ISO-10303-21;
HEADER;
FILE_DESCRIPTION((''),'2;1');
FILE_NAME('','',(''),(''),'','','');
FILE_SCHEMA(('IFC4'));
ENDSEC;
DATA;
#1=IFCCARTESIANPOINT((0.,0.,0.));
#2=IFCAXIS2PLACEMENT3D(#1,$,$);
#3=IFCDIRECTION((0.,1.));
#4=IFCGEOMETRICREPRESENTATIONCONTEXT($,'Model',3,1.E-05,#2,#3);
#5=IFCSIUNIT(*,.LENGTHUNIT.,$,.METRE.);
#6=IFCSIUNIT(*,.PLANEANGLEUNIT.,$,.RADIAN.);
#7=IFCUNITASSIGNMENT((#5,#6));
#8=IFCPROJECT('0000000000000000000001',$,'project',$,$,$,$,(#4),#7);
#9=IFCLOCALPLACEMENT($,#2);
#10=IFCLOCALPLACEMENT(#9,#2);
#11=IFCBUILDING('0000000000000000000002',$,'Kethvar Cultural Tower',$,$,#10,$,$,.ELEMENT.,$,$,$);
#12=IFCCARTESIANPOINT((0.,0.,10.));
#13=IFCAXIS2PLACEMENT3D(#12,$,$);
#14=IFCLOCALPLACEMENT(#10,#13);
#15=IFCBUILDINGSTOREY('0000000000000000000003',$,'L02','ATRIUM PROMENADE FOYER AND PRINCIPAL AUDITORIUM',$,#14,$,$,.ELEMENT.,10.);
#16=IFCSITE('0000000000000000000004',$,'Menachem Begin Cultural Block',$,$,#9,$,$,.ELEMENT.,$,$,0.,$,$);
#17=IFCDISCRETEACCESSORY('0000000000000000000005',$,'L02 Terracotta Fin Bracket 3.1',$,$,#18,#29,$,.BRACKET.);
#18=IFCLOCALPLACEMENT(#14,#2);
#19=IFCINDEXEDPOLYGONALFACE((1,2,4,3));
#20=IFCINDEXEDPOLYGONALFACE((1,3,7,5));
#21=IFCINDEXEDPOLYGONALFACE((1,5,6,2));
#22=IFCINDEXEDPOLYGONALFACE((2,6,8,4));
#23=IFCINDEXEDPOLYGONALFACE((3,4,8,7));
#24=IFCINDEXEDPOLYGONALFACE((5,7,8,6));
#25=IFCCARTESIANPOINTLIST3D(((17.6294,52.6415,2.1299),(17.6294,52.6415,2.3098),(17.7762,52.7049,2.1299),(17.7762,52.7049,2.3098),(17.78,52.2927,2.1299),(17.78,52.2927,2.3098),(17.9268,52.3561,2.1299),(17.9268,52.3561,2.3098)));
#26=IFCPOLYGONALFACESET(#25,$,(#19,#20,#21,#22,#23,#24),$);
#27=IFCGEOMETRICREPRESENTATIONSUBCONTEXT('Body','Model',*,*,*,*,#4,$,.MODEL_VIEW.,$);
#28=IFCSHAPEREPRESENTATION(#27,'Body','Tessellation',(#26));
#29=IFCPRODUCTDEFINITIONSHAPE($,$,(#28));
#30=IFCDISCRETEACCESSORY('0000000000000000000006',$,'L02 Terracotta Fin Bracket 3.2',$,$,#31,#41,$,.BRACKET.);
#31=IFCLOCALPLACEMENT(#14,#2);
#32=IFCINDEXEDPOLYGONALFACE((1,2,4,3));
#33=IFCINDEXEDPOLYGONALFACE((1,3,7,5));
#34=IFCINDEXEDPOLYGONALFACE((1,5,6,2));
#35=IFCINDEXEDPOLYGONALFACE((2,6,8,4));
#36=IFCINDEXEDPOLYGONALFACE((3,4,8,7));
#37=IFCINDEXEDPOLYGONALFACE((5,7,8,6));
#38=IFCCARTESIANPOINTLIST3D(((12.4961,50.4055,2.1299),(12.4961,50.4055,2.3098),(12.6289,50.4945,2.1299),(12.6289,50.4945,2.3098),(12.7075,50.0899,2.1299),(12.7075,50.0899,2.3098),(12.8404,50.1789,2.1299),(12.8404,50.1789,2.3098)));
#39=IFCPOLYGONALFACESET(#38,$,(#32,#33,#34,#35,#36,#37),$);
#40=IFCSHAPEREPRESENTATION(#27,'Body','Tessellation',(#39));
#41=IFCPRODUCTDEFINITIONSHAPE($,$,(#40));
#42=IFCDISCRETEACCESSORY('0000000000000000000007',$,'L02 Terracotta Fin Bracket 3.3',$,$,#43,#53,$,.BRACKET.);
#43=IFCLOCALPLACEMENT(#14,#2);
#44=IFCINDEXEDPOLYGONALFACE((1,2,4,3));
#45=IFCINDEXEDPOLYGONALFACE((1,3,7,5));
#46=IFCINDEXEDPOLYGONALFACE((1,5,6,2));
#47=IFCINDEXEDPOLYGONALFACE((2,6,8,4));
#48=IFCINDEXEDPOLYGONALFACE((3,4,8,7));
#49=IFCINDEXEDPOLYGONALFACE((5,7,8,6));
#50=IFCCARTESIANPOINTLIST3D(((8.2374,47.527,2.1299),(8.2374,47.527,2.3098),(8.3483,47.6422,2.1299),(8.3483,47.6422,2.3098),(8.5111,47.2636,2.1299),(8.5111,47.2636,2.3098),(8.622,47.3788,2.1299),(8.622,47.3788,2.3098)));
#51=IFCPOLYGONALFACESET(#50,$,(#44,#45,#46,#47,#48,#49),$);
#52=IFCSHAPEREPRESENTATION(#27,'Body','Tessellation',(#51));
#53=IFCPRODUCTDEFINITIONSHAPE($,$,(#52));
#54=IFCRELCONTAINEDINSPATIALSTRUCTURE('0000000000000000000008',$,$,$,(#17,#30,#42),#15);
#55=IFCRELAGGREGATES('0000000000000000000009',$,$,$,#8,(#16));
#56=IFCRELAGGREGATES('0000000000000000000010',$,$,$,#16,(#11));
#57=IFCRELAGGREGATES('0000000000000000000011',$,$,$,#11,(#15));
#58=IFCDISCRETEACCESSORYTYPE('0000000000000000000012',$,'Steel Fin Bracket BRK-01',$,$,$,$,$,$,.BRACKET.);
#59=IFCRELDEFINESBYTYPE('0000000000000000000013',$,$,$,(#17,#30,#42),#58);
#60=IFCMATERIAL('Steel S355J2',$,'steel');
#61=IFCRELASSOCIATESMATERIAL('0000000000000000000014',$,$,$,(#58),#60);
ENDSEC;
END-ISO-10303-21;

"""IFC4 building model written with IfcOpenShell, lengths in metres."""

from ifc_helpers import new_model, si_unit, direction, frame, origin, origin_2d, place, context, subcontext, project, spatial, rectangle, extrude, source, transform, mapped, material, type_object, element, save


model = new_model("IFC4")

# Units and contexts
model_context = context("Model", 3, precision=1e-05, world=origin(), true_north=direction((0.0, 1.0)))
body_context = subcontext(model_context, "Body", "Model", "MODEL_VIEW")
ifc_project = project(units=[si_unit("LENGTHUNIT", "METRE"), si_unit("PLANEANGLEUNIT", "RADIAN")], contexts=[model_context])

# Site, building, storey
site_placement = place(None, origin())
site = spatial("IfcSite", under=ifc_project, at=site_placement, Name="Menachem Begin Cultural Block", CompositionType="ELEMENT", RefElevation=0.0)
building_placement = place(site_placement, origin())
building = spatial("IfcBuilding", under=site, at=building_placement, Name="Kethvar Cultural Tower", CompositionType="ELEMENT")
storey_placement = place(building_placement, frame((0.0, 0.0, 10.0)))
storey = spatial("IfcBuildingStorey", under=building, at=storey_placement, Name="L02", Description="ATRIUM PROMENADE FOYER AND PRINCIPAL AUDITORIUM", CompositionType="ELEMENT", Elevation=10.0)

# Shared definitions
ifc_material_1 = material(Name="Steel S355J2", Category="steel")

# Discrete accessories
discrete_accessory_type = type_object("IfcDiscreteAccessoryType", Name="Steel Fin Bracket BRK-01", PredefinedType="BRACKET", material=ifc_material_1)
shared_shape_1 = source(origin(), body_context, "Body", "SweptSolid", [
    extrude(rectangle(XDim=0.3799, YDim=0.1599, at=origin_2d()), origin(), (0.0, 0.0, 1.0), 0.1799),
])
for number, where, z_axis, x_axis, name in (
    (1, (17.7781, 52.4988, 2.1299), (0.0, 0.0, 1.0), (-0.396347, 0.918101, 0.0), "L02 Terracotta Fin Bracket 3.1"),
    (2, (12.6682, 50.2922, 2.1299), (0.0, 0.0, 1.0), (-0.556586, 0.83079, 0.0), "L02 Terracotta Fin Bracket 3.2"),
    (3, (8.4297, 47.4529, 2.1299), (0.0, 0.0, 1.0), (-0.720551, 0.693402, 0.0), "L02 Terracotta Fin Bracket 3.3"),
):
    element("IfcDiscreteAccessory", number, at=place(storey_placement, frame(where, z_axis=z_axis, x_axis=x_axis)), inside=storey, type_object=discrete_accessory_type, Name=name, PredefinedType="BRACKET", context=body_context, shape_type="MappedRepresentation", body=[
        mapped(shared_shape_1, transform((0.0, 0.0, 0.0), scale=1.0)),
    ])

save(model, "model.ifc")
